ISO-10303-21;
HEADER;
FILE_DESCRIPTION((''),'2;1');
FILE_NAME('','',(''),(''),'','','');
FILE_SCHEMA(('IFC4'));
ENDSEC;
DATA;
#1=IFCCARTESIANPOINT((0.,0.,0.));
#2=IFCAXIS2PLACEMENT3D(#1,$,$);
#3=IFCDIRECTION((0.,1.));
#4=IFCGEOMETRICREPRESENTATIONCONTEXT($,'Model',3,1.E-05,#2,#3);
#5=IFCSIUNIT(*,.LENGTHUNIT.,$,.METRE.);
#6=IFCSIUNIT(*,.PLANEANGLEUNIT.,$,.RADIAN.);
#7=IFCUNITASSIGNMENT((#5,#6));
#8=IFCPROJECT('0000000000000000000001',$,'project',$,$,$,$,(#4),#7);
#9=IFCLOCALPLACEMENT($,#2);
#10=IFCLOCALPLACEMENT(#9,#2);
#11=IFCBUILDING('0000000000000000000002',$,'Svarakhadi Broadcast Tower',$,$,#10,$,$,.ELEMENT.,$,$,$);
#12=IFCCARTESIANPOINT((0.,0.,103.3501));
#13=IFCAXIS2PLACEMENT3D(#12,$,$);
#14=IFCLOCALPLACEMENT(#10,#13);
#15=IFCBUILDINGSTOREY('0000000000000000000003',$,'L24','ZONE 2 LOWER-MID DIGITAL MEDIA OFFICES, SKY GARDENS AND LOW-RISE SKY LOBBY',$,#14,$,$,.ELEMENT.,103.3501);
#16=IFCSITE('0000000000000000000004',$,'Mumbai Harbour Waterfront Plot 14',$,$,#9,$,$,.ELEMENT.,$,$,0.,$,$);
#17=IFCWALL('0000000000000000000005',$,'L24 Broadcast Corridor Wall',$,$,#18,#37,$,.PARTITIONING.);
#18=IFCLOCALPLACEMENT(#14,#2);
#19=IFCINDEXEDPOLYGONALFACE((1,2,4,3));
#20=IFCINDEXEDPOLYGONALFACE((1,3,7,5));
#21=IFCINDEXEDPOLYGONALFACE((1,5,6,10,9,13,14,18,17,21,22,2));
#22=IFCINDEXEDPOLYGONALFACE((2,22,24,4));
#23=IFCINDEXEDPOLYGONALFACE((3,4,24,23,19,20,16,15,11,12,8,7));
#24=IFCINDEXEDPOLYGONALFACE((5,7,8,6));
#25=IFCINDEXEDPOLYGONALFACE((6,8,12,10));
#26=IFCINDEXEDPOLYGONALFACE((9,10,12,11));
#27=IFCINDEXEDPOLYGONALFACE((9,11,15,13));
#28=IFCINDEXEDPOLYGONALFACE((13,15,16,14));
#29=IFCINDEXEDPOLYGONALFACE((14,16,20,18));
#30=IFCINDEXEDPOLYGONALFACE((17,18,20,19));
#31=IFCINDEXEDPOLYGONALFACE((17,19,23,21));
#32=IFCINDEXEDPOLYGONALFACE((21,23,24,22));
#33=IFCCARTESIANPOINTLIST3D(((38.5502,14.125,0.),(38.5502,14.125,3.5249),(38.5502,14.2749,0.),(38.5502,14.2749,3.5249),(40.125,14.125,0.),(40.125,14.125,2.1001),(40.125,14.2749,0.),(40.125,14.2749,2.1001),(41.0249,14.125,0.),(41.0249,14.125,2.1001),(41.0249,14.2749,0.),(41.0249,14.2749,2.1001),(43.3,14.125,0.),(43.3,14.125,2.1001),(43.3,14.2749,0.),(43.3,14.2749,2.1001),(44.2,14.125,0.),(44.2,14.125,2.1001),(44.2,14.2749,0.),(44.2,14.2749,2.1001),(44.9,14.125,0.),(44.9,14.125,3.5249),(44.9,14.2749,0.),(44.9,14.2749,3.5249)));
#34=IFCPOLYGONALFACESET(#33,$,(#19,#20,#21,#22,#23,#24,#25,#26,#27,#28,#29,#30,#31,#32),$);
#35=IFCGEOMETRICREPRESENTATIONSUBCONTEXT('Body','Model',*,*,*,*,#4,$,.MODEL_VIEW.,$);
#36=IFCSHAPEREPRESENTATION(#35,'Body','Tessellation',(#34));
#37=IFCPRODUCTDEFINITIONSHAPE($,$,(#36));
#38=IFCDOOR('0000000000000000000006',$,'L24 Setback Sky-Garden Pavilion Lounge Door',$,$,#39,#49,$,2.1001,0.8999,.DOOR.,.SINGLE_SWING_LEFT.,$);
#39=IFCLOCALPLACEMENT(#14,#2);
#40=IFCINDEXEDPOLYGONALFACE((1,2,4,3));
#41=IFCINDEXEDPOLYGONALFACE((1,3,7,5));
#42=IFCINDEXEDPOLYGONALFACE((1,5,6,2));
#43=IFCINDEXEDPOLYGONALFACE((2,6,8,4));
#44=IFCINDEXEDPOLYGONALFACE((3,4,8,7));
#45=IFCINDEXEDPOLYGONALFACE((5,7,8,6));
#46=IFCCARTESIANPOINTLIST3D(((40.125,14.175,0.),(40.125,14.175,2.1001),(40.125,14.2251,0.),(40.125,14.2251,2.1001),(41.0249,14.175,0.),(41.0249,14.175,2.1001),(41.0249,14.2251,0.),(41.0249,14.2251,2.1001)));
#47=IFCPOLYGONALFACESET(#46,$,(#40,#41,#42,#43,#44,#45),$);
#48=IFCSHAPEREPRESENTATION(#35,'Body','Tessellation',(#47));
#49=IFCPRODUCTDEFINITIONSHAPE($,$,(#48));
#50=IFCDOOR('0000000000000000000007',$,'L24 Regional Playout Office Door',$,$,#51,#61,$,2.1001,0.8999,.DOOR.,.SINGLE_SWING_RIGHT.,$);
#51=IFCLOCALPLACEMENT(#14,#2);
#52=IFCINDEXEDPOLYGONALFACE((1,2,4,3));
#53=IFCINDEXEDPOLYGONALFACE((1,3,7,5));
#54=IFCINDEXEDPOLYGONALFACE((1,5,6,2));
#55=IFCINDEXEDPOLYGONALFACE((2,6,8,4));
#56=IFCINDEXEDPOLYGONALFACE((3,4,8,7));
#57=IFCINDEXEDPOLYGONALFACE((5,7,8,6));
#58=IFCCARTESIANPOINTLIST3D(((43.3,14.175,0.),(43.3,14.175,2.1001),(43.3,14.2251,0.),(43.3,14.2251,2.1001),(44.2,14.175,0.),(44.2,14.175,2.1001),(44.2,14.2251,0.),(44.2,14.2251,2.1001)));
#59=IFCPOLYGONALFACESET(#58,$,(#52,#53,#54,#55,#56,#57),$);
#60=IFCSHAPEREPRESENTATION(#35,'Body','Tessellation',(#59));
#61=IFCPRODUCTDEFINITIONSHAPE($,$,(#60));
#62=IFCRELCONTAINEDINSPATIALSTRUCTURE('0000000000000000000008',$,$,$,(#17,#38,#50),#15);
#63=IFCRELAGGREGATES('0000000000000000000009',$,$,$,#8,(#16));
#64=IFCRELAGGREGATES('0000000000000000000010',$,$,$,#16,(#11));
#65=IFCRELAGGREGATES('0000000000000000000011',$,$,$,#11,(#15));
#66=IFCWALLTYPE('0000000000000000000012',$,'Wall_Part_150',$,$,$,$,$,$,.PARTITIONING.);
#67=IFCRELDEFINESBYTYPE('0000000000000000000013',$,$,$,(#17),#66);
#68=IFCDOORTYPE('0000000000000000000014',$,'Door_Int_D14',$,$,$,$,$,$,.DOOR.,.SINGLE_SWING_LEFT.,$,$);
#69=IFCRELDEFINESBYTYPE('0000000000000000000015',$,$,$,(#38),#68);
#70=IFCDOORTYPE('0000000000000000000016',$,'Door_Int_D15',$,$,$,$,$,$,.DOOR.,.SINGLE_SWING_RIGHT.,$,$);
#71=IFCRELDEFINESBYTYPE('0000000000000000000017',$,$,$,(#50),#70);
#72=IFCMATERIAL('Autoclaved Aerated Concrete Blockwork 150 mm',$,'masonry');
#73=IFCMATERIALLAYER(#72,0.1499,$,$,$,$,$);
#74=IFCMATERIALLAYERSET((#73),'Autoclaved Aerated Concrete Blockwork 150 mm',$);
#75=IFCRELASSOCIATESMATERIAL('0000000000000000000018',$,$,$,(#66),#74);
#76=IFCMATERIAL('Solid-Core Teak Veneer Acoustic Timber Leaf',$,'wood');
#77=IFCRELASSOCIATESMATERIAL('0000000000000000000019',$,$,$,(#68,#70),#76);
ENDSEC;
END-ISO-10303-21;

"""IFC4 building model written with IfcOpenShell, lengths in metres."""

from ifc_helpers import new_model, si_unit, direction, frame, frame_2d, origin, place, context, subcontext, project, spatial, rectangle, extrude, material, layer, layer_set, type_object, element, fill, save


model = new_model("IFC4")

# Units and contexts
model_context = context("Model", 3, precision=1e-05, world=origin(), true_north=direction((0.0, 1.0)))
body_context = subcontext(model_context, "Body", "Model", "MODEL_VIEW")
ifc_project = project(units=[si_unit("LENGTHUNIT", "METRE"), si_unit("PLANEANGLEUNIT", "RADIAN")], contexts=[model_context])

# Site, building, storey
site_placement = place(None, origin())
site = spatial("IfcSite", under=ifc_project, at=site_placement, Name="Mumbai Harbour Waterfront Plot 14", CompositionType="ELEMENT", RefElevation=0.0)
building_placement = place(site_placement, origin())
building = spatial("IfcBuilding", under=site, at=building_placement, Name="Svarakhadi Broadcast Tower", CompositionType="ELEMENT")
storey_placement = place(building_placement, frame((0.0, 0.0, 103.3501)))
storey = spatial("IfcBuildingStorey", under=building, at=storey_placement, Name="L24", Description="ZONE 2 LOWER-MID DIGITAL MEDIA OFFICES, SKY GARDENS AND LOW-RISE SKY LOBBY", CompositionType="ELEMENT", Elevation=103.3501)

# Shared definitions
ifc_material_1 = material(Name="Autoclaved Aerated Concrete Blockwork 150 mm", Category="masonry")
ifc_layer_1 = layer(ifc_material_1, 0.1499)
ifc_layer_set_1 = layer_set([ifc_layer_1], Name="Autoclaved Aerated Concrete Blockwork 150 mm")
wall_type_1 = type_object("IfcWallType", Name="Wall_Part_150", PredefinedType="PARTITIONING", material=ifc_layer_set_1)

# Wall, openings, doors
wall_1_placement = place(storey_placement, frame((44.8999, 14.2, 0.0), z_axis=(0.0, 0.0, 1.0), x_axis=(-1.0, 0.0, 0.0)))
wall_1 = element("IfcWall", 1, at=wall_1_placement, inside=storey, type_object=wall_type_1, Name="L24 Broadcast Corridor Wall", PredefinedType="PARTITIONING", context=body_context, shape_type="SweptSolid", body=[
    extrude(rectangle(XDim=6.3499, YDim=0.1499, at=frame_2d((3.1748, 0.0))), origin(), (0.0, 0.0, 1.0), 3.5249),
])
opening_1_placement = place(wall_1_placement, frame((3.875, 0.0, 0.0)))
opening_1 = element("IfcOpeningElement", 2, at=opening_1_placement, cuts=wall_1, PredefinedType="OPENING", context=body_context, shape_type="SweptSolid", body=[
    extrude(rectangle(XDim=0.8999, YDim=2.1001, at=frame_2d((0.45, 1.05))), frame((0.0, 0.085, 0.0), z_axis=(0.0, -1.0, 0.0), x_axis=(1.0, 0.0, 0.0)), (0.0, 0.0, 1.0), 0.1699),
])
opening_2_placement = place(wall_1_placement, frame((0.7, 0.0, 0.0)))
opening_2 = element("IfcOpeningElement", 3, at=opening_2_placement, cuts=wall_1, PredefinedType="OPENING", context=body_context, shape_type="SweptSolid", body=[
    extrude(rectangle(XDim=0.8999, YDim=2.1001, at=frame_2d((0.45, 1.05))), frame((0.0, 0.085, 0.0), z_axis=(0.0, -1.0, 0.0), x_axis=(1.0, 0.0, 0.0)), (0.0, 0.0, 1.0), 0.1699),
])
ifc_material_2 = material(Name="Solid-Core Teak Veneer Acoustic Timber Leaf", Category="wood")
door_type_1 = type_object("IfcDoorType", Name="Door_Int_D14", OperationType="SINGLE_SWING_LEFT", PredefinedType="DOOR", material=ifc_material_2)
door_1_placement = place(opening_1_placement, origin())
door_1 = element("IfcDoor", 4, at=door_1_placement, inside=storey, type_object=door_type_1, Name="L24 Setback Sky-Garden Pavilion Lounge Door", OperationType="SINGLE_SWING_LEFT", OverallHeight=2.1001, OverallWidth=0.8999, PredefinedType="DOOR", context=body_context, shape_type="SweptSolid", body=[
    extrude(rectangle(XDim=0.8999, YDim=2.1001, at=frame_2d((0.45, 1.05))), frame((0.0, 0.0249, 0.0), z_axis=(0.0, -1.0, 0.0), x_axis=(1.0, 0.0, 0.0)), (0.0, 0.0, 1.0), 0.05),
])
fill(opening_1, door_1)
door_type_2 = type_object("IfcDoorType", Name="Door_Int_D15", OperationType="SINGLE_SWING_RIGHT", PredefinedType="DOOR", material=ifc_material_2)
door_2_placement = place(opening_2_placement, origin())
door_2 = element("IfcDoor", 5, at=door_2_placement, inside=storey, type_object=door_type_2, Name="L24 Regional Playout Office Door", OperationType="SINGLE_SWING_RIGHT", OverallHeight=2.1001, OverallWidth=0.8999, PredefinedType="DOOR", context=body_context, shape_type="SweptSolid", body=[
    extrude(rectangle(XDim=0.8999, YDim=2.1001, at=frame_2d((0.45, 1.05))), frame((0.0, 0.0249, 0.0), z_axis=(0.0, -1.0, 0.0), x_axis=(1.0, 0.0, 0.0)), (0.0, 0.0, 1.0), 0.05),
])
fill(opening_2, door_2)

save(model, "model.ifc")
